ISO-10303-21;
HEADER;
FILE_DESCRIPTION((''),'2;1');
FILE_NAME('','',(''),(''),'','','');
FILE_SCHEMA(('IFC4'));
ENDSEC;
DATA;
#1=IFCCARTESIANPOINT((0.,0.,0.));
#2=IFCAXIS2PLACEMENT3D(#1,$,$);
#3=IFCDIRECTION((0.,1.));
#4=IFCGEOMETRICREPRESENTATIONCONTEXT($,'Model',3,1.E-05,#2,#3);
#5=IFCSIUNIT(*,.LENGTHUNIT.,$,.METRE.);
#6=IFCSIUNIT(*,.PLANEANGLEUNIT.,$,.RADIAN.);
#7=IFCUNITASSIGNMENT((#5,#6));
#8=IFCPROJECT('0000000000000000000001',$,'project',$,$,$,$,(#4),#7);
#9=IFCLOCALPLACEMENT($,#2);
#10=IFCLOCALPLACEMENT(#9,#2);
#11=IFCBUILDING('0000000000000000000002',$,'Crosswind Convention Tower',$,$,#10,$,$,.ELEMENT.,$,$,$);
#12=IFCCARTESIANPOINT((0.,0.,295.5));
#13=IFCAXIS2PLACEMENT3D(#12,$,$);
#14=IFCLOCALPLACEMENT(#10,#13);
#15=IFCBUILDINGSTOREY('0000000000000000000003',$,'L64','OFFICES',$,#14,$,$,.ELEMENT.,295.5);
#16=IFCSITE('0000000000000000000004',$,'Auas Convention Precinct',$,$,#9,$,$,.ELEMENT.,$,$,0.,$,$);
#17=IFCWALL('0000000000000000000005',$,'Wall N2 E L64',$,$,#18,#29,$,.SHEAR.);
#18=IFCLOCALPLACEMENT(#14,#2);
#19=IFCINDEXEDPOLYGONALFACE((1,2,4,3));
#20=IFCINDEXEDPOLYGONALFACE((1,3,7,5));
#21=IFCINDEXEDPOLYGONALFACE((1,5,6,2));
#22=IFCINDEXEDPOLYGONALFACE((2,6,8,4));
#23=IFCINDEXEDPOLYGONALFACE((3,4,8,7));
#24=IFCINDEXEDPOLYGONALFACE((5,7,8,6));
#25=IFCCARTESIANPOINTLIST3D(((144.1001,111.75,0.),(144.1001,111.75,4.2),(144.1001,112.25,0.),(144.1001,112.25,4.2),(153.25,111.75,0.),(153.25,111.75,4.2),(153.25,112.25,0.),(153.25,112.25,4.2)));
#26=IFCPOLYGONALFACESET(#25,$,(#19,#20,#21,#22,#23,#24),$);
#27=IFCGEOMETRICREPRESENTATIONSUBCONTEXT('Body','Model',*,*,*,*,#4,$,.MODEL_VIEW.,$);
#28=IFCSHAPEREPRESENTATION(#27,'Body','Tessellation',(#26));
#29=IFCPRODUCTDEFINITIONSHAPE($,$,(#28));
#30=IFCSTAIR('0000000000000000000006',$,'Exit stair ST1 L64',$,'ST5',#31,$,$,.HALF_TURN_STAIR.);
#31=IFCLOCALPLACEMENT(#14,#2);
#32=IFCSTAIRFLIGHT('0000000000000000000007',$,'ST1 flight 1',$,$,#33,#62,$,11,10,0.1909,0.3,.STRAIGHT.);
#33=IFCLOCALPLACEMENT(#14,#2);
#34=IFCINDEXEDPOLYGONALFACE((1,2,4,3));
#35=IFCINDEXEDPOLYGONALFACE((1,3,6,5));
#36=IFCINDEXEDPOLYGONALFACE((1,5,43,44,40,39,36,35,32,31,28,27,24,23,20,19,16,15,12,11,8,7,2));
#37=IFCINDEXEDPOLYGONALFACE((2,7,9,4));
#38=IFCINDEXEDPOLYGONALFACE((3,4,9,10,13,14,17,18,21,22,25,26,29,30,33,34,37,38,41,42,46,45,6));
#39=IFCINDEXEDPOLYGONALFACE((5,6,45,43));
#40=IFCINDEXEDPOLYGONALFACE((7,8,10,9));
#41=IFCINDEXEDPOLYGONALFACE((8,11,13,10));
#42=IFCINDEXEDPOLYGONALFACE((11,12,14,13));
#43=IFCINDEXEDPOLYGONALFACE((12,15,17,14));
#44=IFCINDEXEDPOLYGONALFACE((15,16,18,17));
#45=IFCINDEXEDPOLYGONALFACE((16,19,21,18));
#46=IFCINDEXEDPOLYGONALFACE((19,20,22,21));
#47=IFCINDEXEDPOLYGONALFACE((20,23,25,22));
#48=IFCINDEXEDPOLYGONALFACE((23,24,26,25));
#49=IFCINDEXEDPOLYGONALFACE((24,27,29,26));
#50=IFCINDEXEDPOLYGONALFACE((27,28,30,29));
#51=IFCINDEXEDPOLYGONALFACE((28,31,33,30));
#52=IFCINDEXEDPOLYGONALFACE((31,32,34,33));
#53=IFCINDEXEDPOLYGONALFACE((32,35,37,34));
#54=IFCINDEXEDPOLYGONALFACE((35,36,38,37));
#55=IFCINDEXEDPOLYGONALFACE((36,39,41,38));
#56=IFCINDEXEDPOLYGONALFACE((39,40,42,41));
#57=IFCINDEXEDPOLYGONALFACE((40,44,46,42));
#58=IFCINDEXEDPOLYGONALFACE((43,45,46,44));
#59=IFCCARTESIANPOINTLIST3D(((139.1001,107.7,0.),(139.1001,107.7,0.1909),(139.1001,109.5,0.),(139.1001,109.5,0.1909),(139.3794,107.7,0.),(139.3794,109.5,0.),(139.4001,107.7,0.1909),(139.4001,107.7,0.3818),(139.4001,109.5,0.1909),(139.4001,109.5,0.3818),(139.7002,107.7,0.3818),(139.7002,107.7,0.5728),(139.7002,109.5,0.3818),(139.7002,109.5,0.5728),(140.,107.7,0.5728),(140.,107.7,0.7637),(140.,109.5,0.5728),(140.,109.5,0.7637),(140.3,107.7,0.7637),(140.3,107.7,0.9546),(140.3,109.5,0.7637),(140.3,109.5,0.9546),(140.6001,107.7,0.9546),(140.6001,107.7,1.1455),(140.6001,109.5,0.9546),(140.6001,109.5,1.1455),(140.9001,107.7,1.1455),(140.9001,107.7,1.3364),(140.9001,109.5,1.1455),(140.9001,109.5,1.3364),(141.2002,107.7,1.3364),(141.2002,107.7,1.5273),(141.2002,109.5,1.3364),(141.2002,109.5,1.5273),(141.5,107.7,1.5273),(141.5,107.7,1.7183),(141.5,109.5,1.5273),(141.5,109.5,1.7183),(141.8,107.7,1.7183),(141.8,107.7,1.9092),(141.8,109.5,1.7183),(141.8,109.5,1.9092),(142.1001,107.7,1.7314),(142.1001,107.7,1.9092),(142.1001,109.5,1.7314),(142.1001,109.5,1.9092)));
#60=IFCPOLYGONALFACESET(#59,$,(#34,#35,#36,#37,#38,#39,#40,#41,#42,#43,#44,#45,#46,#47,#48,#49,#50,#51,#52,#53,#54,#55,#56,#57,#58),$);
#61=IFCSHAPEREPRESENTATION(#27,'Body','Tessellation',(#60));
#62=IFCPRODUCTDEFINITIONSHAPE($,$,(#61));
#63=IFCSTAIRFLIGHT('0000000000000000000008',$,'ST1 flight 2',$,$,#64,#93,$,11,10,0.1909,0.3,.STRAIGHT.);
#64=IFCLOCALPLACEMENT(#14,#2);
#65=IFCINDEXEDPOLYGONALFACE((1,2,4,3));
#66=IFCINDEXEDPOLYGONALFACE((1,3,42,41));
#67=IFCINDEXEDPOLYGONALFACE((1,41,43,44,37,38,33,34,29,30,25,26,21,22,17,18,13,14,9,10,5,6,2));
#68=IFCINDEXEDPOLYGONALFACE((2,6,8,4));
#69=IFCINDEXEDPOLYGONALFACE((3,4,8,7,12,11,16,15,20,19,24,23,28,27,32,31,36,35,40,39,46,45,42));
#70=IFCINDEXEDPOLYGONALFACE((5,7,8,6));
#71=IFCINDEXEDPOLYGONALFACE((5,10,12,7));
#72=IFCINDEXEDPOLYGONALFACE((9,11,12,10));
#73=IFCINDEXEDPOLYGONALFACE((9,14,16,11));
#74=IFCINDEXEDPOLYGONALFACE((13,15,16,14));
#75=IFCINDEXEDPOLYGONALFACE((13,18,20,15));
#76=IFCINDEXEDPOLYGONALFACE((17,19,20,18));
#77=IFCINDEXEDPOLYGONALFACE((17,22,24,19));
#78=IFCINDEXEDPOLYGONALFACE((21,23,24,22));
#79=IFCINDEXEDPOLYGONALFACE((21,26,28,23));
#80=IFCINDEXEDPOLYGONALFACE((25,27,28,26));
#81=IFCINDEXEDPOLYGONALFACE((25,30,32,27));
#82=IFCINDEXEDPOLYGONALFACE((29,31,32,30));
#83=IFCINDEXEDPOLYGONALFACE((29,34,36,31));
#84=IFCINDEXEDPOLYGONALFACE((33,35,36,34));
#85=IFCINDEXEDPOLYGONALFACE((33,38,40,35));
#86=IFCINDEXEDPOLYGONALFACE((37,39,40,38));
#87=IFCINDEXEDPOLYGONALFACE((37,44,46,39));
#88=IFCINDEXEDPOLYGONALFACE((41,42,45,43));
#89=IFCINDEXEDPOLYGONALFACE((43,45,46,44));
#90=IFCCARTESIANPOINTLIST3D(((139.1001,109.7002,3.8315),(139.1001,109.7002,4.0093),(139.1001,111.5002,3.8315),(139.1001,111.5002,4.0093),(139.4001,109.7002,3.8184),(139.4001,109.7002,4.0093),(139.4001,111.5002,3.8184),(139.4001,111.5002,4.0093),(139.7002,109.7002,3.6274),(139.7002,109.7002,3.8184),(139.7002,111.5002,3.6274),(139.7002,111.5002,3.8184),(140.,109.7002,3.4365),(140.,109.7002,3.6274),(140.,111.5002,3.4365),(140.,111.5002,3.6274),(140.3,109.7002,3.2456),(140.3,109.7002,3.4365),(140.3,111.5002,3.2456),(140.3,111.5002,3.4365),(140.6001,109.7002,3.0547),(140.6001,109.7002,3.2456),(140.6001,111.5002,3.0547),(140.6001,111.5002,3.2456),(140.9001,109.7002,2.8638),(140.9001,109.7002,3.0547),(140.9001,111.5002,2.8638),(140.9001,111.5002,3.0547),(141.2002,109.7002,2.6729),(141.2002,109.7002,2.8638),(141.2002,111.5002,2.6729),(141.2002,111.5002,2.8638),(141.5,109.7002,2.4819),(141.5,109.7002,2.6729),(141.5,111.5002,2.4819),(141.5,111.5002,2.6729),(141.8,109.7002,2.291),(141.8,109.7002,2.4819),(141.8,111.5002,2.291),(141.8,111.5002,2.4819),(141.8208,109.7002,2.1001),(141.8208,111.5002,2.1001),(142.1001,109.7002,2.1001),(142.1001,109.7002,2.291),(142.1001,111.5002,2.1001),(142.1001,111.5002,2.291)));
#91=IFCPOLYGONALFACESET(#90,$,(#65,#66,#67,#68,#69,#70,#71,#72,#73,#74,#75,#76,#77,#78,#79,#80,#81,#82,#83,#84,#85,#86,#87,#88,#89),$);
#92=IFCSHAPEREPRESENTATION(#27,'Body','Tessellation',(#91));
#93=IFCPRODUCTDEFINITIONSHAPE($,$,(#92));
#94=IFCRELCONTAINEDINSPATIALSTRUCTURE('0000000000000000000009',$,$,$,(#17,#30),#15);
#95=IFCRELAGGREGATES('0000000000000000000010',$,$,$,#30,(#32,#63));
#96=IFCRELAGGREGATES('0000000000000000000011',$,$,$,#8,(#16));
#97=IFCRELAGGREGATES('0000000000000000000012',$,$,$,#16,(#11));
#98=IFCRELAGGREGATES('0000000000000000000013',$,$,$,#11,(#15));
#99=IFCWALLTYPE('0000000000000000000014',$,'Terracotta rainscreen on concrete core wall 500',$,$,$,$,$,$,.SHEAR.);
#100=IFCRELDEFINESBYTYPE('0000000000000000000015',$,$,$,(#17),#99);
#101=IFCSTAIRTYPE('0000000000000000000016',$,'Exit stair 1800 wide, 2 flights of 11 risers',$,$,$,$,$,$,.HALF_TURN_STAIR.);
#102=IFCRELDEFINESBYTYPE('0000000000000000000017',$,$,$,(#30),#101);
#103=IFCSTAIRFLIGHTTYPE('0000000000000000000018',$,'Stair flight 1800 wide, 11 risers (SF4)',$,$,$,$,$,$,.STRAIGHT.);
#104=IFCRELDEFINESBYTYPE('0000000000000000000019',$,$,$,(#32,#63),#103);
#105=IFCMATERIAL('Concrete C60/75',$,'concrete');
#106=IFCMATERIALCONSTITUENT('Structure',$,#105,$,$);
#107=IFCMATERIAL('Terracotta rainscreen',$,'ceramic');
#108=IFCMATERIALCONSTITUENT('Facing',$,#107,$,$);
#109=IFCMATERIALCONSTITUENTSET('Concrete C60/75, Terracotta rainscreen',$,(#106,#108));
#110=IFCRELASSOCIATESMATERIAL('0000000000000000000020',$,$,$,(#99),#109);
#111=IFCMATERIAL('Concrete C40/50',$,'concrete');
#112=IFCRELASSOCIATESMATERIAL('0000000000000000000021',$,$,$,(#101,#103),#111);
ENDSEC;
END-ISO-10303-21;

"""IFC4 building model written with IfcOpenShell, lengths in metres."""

from ifc_helpers import new_model, si_unit, direction, frame, frame_2d, origin, place, context, subcontext, project, spatial, polyline, rectangle, outline, extrude, material, constituent, constituent_set, type_object, element, aggregate, save


model = new_model("IFC4")

# Units and contexts
model_context = context("Model", 3, precision=1e-05, world=origin(), true_north=direction((0.0, 1.0)))
body_context = subcontext(model_context, "Body", "Model", "MODEL_VIEW")
ifc_project = project(units=[si_unit("LENGTHUNIT", "METRE"), si_unit("PLANEANGLEUNIT", "RADIAN")], contexts=[model_context])

# Site, building, storey
site_placement = place(None, origin())
site = spatial("IfcSite", under=ifc_project, at=site_placement, Name="Auas Convention Precinct", CompositionType="ELEMENT", RefElevation=0.0)
building_placement = place(site_placement, origin())
building = spatial("IfcBuilding", under=site, at=building_placement, Name="Crosswind Convention Tower", CompositionType="ELEMENT")
storey_placement = place(building_placement, frame((0.0, 0.0, 295.5)))
storey = spatial("IfcBuildingStorey", under=building, at=storey_placement, Name="L64", Description="OFFICES", CompositionType="ELEMENT", Elevation=295.5)

# Wall
ifc_material_1 = material(Name="Concrete C60/75", Category="concrete")
ifc_constituent_1 = constituent(ifc_material_1, Name="Structure")
ifc_material_2 = material(Name="Terracotta rainscreen", Category="ceramic")
ifc_constituent_2 = constituent(ifc_material_2, Name="Facing")
ifc_constituent_set = constituent_set(constituents=[ifc_constituent_1, ifc_constituent_2], Name="Concrete C60/75, Terracotta rainscreen")
wall_type_1 = type_object("IfcWallType", Name="Terracotta rainscreen on concrete core wall 500", PredefinedType="SHEAR", material=ifc_constituent_set)
wall_1_placement = place(storey_placement, frame((144.1001, 112.0, 0.0), z_axis=(0.0, 0.0, 1.0), x_axis=(1.0, 0.0, 0.0)))
element("IfcWall", 1, at=wall_1_placement, inside=storey, type_object=wall_type_1, Name="Wall N2 E L64", PredefinedType="SHEAR", context=body_context, shape_type="SweptSolid", body=[
    extrude(rectangle(XDim=9.1499, YDim=0.5, at=frame_2d((4.575, 0.0))), origin(), (0.0, 0.0, 1.0), 4.2),
])

# Stair, stair flights
ifc_material_3 = material(Name="Concrete C40/50", Category="concrete")
stair_type = type_object("IfcStairType", Name="Exit stair 1800 wide, 2 flights of 11 risers", PredefinedType="HALF_TURN_STAIR", material=ifc_material_3)
stair_placement = place(storey_placement, origin())
stair = element("IfcStair", 2, at=stair_placement, inside=storey, type_object=stair_type, Name="Exit stair ST1 L64", ObjectType="ST5", PredefinedType="HALF_TURN_STAIR")
stair_flight_type = type_object("IfcStairFlightType", Name="Stair flight 1800 wide, 11 risers (SF4)", PredefinedType="STRAIGHT", material=ifc_material_3)
stair_flight_1_placement = place(storey_placement, frame((139.1001, 108.6001, 0.0), z_axis=(0.0, 0.0, 1.0), x_axis=(1.0, 0.0, 0.0)))
stair_flight_1 = element("IfcStairFlight", 3, at=stair_flight_1_placement, type_object=stair_flight_type, Name="ST1 flight 1", NumberOfRisers=11, NumberOfTreads=10, PredefinedType="STRAIGHT", RiserHeight=0.1909, TreadLength=0.3, context=body_context, shape_type="SweptSolid", body=[
    extrude(outline(polyline([(0.0, 0.0), (0.0, 0.1909), (0.3, 0.1909), (0.3, 0.3818), (0.6001, 0.3818), (0.6001, 0.5728), (0.8999, 0.5728), (0.8999, 0.7637), (1.2, 0.7637), (1.2, 0.9546), (1.5, 0.9546), (1.5, 1.1455), (1.8, 1.1455), (1.8, 1.3364), (2.1001, 1.3364), (2.1001, 1.5273), (2.3999, 1.5273), (2.3999, 1.7183), (2.7, 1.7183), (2.7, 1.9092), (3.0, 1.9092), (3.0, 2.1001), (3.0, 1.7314), (0.2793, 0.0), (0.0, 0.0)])), frame((0.0, 0.8999, 0.0), z_axis=(0.0, -1.0, 0.0), x_axis=(1.0, 0.0, 0.0)), (0.0, 0.0, 1.0), 1.8),
])
stair_flight_2_placement = place(storey_placement, frame((142.1001, 110.6001, 2.1001), z_axis=(0.0, 0.0, 1.0), x_axis=(-1.0, 0.0, 0.0)))
stair_flight_2 = element("IfcStairFlight", 4, at=stair_flight_2_placement, type_object=stair_flight_type, Name="ST1 flight 2", NumberOfRisers=11, NumberOfTreads=10, PredefinedType="STRAIGHT", RiserHeight=0.1909, TreadLength=0.3, context=body_context, shape_type="SweptSolid", body=[
    extrude(outline(polyline([(0.0, 0.0), (0.0, 0.1909), (0.3, 0.1909), (0.3, 0.3818), (0.6001, 0.3818), (0.6001, 0.5728), (0.8999, 0.5728), (0.8999, 0.7637), (1.2, 0.7637), (1.2, 0.9546), (1.5, 0.9546), (1.5, 1.1455), (1.8, 1.1455), (1.8, 1.3364), (2.1001, 1.3364), (2.1001, 1.5273), (2.3999, 1.5273), (2.3999, 1.7183), (2.7, 1.7183), (2.7, 1.9092), (3.0, 1.9092), (3.0, 2.1001), (3.0, 1.7314), (0.2793, 0.0), (0.0, 0.0)])), frame((0.0, 0.8999, 0.0), z_axis=(0.0, -1.0, 0.0), x_axis=(1.0, 0.0, 0.0)), (0.0, 0.0, 1.0), 1.8),
])
aggregate(stair, [stair_flight_1, stair_flight_2])

save(model, "model.ifc")
